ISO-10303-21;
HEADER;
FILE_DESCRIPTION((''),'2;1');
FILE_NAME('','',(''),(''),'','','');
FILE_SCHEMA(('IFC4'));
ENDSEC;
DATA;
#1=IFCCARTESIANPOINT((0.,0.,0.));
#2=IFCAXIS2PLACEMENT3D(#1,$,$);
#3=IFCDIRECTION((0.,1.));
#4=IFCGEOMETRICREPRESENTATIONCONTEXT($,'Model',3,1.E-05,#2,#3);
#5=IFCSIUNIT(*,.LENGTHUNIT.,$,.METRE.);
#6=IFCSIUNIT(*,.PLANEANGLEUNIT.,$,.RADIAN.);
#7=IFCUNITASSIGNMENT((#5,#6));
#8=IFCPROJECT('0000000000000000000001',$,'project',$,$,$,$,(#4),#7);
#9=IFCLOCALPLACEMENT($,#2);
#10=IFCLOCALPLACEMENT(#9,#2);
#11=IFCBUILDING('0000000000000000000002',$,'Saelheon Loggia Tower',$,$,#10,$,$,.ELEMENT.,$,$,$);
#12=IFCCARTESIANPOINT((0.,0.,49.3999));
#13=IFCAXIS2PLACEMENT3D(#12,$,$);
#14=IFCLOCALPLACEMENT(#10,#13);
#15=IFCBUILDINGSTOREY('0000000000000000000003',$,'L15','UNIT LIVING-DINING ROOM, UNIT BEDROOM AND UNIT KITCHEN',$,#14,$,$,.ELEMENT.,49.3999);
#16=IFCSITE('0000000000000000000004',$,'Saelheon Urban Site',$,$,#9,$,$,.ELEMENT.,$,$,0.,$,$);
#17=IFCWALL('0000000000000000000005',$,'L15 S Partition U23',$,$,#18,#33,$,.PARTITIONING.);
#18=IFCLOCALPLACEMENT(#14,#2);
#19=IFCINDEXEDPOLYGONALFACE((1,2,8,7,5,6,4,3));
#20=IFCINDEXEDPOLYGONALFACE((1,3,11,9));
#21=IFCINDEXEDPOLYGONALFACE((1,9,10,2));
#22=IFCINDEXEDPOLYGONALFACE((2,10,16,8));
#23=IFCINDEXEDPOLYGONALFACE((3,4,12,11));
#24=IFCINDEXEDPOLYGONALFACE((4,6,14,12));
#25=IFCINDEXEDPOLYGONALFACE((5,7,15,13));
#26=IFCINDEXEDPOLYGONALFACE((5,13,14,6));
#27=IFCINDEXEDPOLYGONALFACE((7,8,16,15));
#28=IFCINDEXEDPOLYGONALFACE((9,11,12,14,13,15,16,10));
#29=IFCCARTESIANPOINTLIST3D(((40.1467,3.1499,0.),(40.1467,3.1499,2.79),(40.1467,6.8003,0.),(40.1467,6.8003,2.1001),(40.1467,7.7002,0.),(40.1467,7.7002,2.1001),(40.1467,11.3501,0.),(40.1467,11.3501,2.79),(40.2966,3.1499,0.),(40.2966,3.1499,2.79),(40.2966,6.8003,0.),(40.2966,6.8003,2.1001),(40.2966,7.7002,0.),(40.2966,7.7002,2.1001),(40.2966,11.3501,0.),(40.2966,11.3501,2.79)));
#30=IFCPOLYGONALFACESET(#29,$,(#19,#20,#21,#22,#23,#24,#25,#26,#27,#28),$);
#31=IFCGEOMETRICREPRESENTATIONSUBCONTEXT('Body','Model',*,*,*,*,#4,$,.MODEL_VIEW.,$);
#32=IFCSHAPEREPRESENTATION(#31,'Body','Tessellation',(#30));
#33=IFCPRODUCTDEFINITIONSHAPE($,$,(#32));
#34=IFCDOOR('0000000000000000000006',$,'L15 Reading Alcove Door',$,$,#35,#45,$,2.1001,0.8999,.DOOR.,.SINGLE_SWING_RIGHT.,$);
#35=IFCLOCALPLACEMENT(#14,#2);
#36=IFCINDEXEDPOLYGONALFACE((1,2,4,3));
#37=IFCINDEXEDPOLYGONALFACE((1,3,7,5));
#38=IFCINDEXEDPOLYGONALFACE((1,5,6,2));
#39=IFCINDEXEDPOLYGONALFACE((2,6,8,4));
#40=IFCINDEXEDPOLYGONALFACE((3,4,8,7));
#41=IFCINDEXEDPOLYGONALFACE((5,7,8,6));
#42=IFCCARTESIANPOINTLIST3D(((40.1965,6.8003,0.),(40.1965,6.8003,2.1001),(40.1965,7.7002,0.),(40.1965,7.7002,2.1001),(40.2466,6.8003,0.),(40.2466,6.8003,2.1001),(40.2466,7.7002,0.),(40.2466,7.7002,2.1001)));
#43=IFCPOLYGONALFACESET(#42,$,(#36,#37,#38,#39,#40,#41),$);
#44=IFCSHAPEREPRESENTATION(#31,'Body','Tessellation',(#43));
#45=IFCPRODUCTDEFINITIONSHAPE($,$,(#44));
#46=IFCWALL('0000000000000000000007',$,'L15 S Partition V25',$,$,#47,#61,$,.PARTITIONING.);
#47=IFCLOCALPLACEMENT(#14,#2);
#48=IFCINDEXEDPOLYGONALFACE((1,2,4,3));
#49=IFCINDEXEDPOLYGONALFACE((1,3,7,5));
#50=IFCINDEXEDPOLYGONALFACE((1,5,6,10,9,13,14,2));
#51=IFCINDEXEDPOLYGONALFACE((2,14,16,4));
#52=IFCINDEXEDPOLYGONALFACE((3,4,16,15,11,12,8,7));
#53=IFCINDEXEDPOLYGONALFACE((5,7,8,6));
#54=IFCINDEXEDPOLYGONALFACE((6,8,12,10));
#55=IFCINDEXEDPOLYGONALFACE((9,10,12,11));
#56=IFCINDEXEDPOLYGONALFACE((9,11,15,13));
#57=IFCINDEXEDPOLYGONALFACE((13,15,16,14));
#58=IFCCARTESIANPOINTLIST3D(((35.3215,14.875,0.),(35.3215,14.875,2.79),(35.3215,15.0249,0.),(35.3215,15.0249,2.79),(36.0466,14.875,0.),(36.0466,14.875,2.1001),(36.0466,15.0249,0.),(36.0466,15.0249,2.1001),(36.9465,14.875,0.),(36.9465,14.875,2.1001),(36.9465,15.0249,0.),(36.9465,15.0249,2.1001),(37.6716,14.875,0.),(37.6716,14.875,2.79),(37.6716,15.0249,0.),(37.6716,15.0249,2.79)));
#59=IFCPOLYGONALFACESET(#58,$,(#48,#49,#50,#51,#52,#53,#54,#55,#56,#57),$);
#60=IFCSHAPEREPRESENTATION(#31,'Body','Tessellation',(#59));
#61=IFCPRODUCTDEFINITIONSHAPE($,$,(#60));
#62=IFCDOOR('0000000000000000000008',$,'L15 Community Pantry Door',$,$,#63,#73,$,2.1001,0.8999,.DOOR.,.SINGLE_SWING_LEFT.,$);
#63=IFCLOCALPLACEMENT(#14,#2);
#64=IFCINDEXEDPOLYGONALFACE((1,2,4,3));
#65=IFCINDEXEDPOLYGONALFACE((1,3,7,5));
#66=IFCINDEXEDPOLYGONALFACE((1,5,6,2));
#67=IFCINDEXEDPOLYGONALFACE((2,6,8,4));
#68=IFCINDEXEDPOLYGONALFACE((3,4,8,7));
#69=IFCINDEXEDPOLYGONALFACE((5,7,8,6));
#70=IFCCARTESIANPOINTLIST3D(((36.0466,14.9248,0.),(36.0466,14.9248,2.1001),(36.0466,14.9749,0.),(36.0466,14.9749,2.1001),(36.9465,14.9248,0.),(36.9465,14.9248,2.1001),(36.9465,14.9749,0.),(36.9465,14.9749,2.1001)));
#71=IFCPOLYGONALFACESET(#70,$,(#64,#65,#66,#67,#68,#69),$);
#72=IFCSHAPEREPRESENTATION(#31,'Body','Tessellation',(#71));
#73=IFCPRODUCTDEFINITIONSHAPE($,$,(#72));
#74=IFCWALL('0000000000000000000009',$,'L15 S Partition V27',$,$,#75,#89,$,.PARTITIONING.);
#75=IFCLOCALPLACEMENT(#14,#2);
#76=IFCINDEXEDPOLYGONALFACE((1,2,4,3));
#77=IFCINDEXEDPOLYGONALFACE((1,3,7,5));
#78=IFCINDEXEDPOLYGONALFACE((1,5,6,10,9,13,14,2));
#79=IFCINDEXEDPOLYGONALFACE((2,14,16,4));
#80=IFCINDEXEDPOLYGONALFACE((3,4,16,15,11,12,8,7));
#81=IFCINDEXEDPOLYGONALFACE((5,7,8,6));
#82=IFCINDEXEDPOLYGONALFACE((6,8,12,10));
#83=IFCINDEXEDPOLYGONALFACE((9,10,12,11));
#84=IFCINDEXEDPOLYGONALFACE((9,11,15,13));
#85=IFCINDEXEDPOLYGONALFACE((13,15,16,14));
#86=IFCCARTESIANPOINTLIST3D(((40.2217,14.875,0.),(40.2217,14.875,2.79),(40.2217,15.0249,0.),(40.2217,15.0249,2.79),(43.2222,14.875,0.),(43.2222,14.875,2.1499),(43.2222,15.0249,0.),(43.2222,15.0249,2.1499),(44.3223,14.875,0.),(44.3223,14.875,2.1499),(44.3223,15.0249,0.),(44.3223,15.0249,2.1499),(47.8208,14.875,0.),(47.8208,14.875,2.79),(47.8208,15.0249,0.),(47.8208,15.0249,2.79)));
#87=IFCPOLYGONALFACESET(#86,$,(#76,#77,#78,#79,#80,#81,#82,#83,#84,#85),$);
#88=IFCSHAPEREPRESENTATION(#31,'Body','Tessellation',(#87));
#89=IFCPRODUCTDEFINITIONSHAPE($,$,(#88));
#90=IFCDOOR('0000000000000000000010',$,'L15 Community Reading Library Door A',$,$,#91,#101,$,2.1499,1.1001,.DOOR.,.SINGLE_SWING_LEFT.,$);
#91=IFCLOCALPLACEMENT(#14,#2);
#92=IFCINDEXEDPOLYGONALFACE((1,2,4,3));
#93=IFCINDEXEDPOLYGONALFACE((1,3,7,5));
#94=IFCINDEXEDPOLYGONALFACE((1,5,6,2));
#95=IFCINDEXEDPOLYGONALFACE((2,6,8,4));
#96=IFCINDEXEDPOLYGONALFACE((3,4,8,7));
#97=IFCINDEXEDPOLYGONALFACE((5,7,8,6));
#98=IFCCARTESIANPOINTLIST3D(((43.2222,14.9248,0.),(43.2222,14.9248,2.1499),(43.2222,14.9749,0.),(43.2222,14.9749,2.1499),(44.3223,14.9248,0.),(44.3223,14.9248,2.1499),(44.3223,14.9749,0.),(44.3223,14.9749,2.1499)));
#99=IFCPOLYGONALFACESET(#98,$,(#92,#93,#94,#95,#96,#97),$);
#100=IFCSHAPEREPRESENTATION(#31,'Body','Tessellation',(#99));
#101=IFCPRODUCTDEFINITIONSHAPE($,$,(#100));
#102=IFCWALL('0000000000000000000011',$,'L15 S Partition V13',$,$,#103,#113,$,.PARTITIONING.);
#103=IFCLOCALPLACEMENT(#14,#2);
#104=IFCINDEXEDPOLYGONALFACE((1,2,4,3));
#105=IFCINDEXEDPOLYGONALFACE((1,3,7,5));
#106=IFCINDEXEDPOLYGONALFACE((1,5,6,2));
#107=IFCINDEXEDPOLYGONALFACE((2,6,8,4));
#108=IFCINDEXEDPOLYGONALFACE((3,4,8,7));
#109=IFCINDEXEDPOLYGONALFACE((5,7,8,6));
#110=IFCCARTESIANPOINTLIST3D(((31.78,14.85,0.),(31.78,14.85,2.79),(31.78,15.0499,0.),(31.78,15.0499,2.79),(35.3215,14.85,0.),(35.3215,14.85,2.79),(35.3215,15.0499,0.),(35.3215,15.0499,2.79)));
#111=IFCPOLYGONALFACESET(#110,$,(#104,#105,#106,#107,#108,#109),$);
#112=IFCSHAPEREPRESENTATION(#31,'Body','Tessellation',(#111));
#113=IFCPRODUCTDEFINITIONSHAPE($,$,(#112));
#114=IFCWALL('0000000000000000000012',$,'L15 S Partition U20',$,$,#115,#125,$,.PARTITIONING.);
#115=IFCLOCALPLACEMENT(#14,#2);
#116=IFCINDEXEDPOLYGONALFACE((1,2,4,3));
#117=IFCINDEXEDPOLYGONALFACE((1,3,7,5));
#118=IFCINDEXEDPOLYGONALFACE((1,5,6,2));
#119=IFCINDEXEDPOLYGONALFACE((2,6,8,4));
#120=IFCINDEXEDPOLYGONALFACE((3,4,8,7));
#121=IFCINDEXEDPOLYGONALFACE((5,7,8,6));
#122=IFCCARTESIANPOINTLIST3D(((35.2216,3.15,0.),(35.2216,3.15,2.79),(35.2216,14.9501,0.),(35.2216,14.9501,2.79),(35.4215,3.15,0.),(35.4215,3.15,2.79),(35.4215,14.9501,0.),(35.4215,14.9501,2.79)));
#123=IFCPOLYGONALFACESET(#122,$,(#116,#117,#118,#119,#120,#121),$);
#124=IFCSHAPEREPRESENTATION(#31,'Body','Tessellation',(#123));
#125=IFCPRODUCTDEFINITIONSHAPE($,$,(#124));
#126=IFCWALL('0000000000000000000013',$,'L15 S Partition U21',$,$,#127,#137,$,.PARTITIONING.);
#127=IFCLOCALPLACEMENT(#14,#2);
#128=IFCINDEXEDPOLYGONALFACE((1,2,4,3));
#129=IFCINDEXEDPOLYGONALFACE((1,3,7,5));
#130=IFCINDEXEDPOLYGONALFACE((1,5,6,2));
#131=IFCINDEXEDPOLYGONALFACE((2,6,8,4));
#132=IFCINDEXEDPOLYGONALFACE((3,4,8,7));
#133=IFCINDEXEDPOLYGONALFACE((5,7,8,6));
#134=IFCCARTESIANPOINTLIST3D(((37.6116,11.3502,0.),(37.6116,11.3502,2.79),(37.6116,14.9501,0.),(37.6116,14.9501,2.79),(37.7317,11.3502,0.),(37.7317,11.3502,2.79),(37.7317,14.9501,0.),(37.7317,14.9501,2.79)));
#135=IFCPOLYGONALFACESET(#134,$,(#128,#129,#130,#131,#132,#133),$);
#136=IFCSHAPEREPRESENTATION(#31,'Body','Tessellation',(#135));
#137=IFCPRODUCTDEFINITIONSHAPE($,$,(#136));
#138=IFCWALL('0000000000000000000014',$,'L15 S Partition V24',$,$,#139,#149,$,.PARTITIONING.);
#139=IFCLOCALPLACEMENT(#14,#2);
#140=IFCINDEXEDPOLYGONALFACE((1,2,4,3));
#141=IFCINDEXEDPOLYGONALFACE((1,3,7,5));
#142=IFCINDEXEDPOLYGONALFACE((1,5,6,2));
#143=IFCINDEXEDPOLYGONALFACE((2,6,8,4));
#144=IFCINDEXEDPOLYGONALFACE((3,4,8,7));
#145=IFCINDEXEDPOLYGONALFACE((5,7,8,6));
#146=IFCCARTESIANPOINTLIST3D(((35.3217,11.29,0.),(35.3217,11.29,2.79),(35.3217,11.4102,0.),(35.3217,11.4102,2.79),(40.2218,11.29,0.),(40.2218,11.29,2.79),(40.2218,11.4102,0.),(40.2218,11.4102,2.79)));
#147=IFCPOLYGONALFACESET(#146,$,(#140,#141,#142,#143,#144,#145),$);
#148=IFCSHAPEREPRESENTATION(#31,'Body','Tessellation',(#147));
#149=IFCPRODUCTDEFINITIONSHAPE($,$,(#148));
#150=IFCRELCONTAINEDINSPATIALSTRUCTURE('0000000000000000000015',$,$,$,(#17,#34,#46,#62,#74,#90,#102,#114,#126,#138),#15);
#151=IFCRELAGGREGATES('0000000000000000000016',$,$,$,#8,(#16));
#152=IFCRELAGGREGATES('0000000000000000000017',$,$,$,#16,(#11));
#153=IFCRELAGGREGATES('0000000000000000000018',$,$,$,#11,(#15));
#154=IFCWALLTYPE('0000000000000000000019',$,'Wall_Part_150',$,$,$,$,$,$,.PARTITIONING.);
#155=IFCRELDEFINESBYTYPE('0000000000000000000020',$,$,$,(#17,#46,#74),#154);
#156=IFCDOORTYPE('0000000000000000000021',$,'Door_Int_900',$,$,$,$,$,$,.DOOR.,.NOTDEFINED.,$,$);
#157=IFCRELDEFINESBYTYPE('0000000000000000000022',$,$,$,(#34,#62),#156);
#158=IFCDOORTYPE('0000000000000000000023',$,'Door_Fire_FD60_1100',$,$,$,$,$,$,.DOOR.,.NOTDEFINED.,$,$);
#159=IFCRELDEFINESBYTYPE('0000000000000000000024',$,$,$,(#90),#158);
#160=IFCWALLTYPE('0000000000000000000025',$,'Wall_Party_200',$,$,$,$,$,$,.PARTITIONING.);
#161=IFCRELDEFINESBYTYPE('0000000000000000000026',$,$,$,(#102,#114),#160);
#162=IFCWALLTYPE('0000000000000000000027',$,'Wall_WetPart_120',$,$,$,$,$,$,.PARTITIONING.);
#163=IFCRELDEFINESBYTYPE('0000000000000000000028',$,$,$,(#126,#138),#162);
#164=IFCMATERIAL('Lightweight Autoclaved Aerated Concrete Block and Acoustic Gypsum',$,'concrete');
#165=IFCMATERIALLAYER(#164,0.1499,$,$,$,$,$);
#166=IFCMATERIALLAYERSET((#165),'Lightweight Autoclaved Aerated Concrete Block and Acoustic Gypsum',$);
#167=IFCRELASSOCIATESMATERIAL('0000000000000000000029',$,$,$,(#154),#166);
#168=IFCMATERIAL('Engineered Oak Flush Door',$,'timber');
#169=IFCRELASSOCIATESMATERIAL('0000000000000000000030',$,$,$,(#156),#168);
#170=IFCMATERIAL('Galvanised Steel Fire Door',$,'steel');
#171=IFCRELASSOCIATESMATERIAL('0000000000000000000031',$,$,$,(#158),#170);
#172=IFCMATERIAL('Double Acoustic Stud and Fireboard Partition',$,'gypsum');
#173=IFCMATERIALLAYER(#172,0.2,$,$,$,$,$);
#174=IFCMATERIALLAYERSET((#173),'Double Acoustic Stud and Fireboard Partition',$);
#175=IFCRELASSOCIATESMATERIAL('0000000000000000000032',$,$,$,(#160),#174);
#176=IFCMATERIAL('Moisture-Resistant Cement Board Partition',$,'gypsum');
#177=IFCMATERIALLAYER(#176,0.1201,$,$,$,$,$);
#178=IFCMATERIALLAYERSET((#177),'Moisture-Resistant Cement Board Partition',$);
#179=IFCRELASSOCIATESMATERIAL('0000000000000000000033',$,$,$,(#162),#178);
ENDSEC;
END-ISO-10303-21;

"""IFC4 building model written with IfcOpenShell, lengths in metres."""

from ifc_helpers import new_model, si_unit, direction, frame, frame_2d, origin, place, context, subcontext, project, spatial, rectangle, extrude, source, transform, mapped, material, layer, layer_set, type_object, element, fill, save


model = new_model("IFC4")

# Units and contexts
model_context = context("Model", 3, precision=1e-05, world=origin(), true_north=direction((0.0, 1.0)))
body_context = subcontext(model_context, "Body", "Model", "MODEL_VIEW")
ifc_project = project(units=[si_unit("LENGTHUNIT", "METRE"), si_unit("PLANEANGLEUNIT", "RADIAN")], contexts=[model_context])

# Site, building, storey
site_placement = place(None, origin())
site = spatial("IfcSite", under=ifc_project, at=site_placement, Name="Saelheon Urban Site", CompositionType="ELEMENT", RefElevation=0.0)
building_placement = place(site_placement, origin())
building = spatial("IfcBuilding", under=site, at=building_placement, Name="Saelheon Loggia Tower", CompositionType="ELEMENT")
storey_placement = place(building_placement, frame((0.0, 0.0, 49.3999)))
storey = spatial("IfcBuildingStorey", under=building, at=storey_placement, Name="L15", Description="UNIT LIVING-DINING ROOM, UNIT BEDROOM AND UNIT KITCHEN", CompositionType="ELEMENT", Elevation=49.3999)

# Shared definitions
ifc_material_1 = material(Name="Lightweight Autoclaved Aerated Concrete Block and Acoustic Gypsum", Category="concrete")
ifc_layer_1 = layer(ifc_material_1, 0.1499)
ifc_layer_set_1 = layer_set([ifc_layer_1], Name="Lightweight Autoclaved Aerated Concrete Block and Acoustic Gypsum")
wall_type_1 = type_object("IfcWallType", Name="Wall_Part_150", PredefinedType="PARTITIONING", material=ifc_layer_set_1)

# Shared definitions
ifc_material_2 = material(Name="Engineered Oak Flush Door", Category="timber")
door_type_1 = type_object("IfcDoorType", Name="Door_Int_900", OperationType="NOTDEFINED", PredefinedType="DOOR", material=ifc_material_2)
shared_shape_1 = source(origin(), body_context, "Body", "SweptSolid", [
    extrude(rectangle(XDim=0.8999, YDim=2.1001, at=frame_2d((0.45, 1.05))), frame((0.0, 0.0249, 0.0), z_axis=(0.0, -1.0, 0.0), x_axis=(1.0, 0.0, 0.0)), (0.0, 0.0, 1.0), 0.05),
])

# Walls, openings, doors
wall_1_placement = place(storey_placement, frame((40.2217, 11.3501, 0.0), z_axis=(0.0, 0.0, 1.0), x_axis=(0.0, -1.0, 0.0)))
wall_1 = element("IfcWall", 1, at=wall_1_placement, inside=storey, type_object=wall_type_1, Name="L15 S Partition U23", PredefinedType="PARTITIONING", context=body_context, shape_type="SweptSolid", body=[
    extrude(rectangle(XDim=8.2002, YDim=0.1499, at=frame_2d((4.1001, 0.0))), origin(), (0.0, 0.0, 1.0), 2.79),
])
opening_1_placement = place(wall_1_placement, frame((3.6499, 0.0, 0.0)))
opening_1 = element("IfcOpeningElement", 2, at=opening_1_placement, cuts=wall_1, PredefinedType="OPENING", context=body_context, shape_type="SweptSolid", body=[
    extrude(rectangle(XDim=0.8999, YDim=2.1001, at=frame_2d((0.45, 1.05))), frame((0.0, 0.0869, 0.0), z_axis=(0.0, -1.0, 0.0), x_axis=(1.0, 0.0, 0.0)), (0.0, 0.0, 1.0), 0.1738),
])
door_1_placement = place(opening_1_placement, origin())
door_1 = element("IfcDoor", 3, at=door_1_placement, inside=storey, type_object=door_type_1, Name="L15 Reading Alcove Door", OperationType="SINGLE_SWING_RIGHT", OverallHeight=2.1001, OverallWidth=0.8999, PredefinedType="DOOR", context=body_context, shape_type="MappedRepresentation", body=[
    mapped(shared_shape_1, transform((0.0, 0.0, 0.0), scale=1.0)),
])
fill(opening_1, door_1)
wall_2_placement = place(storey_placement, frame((35.3215, 14.95, 0.0), z_axis=(0.0, 0.0, 1.0), x_axis=(1.0, 0.0, 0.0)))
wall_2 = element("IfcWall", 4, at=wall_2_placement, inside=storey, type_object=wall_type_1, Name="L15 S Partition V25", PredefinedType="PARTITIONING", context=body_context, shape_type="SweptSolid", body=[
    extrude(rectangle(XDim=2.3501, YDim=0.1499, at=frame_2d((1.175, 0.0))), origin(), (0.0, 0.0, 1.0), 2.79),
])
opening_2_placement = place(wall_2_placement, frame((0.7251, 0.0, 0.0)))
opening_2 = element("IfcOpeningElement", 5, at=opening_2_placement, cuts=wall_2, PredefinedType="OPENING", context=body_context, shape_type="SweptSolid", body=[
    extrude(rectangle(XDim=0.8999, YDim=2.1001, at=frame_2d((0.45, 1.05))), frame((0.0, 0.0869, 0.0), z_axis=(0.0, -1.0, 0.0), x_axis=(1.0, 0.0, 0.0)), (0.0, 0.0, 1.0), 0.1738),
])
door_2_placement = place(opening_2_placement, origin())
door_2 = element("IfcDoor", 6, at=door_2_placement, inside=storey, type_object=door_type_1, Name="L15 Community Pantry Door", OperationType="SINGLE_SWING_LEFT", OverallHeight=2.1001, OverallWidth=0.8999, PredefinedType="DOOR", context=body_context, shape_type="MappedRepresentation", body=[
    mapped(shared_shape_1, transform((0.0, 0.0, 0.0), scale=1.0)),
])
fill(opening_2, door_2)
wall_3_placement = place(storey_placement, frame((40.2217, 14.95, 0.0), z_axis=(0.0, 0.0, 1.0), x_axis=(1.0, 0.0, 0.0)))
wall_3 = element("IfcWall", 7, at=wall_3_placement, inside=storey, type_object=wall_type_1, Name="L15 S Partition V27", PredefinedType="PARTITIONING", context=body_context, shape_type="SweptSolid", body=[
    extrude(rectangle(XDim=7.5991, YDim=0.1499, at=frame_2d((3.7996, 0.0))), origin(), (0.0, 0.0, 1.0), 2.79),
])
opening_3_placement = place(wall_3_placement, frame((3.0005, 0.0, 0.0)))
opening_3 = element("IfcOpeningElement", 8, at=opening_3_placement, cuts=wall_3, PredefinedType="OPENING", context=body_context, shape_type="SweptSolid", body=[
    extrude(rectangle(XDim=1.1001, YDim=2.1499, at=frame_2d((0.55, 1.075))), frame((0.0, 0.0869, 0.0), z_axis=(0.0, -1.0, 0.0), x_axis=(1.0, 0.0, 0.0)), (0.0, 0.0, 1.0), 0.1738),
])
ifc_material_3 = material(Name="Galvanised Steel Fire Door", Category="steel")
door_type_2 = type_object("IfcDoorType", Name="Door_Fire_FD60_1100", OperationType="NOTDEFINED", PredefinedType="DOOR", material=ifc_material_3)
shared_shape_2 = source(origin(), body_context, "Body", "SweptSolid", [
    extrude(rectangle(XDim=1.1001, YDim=2.1499, at=frame_2d((0.55, 1.075))), frame((0.0, 0.0249, 0.0), z_axis=(0.0, -1.0, 0.0), x_axis=(1.0, 0.0, 0.0)), (0.0, 0.0, 1.0), 0.05),
])
door_3_placement = place(opening_3_placement, origin())
door_3 = element("IfcDoor", 9, at=door_3_placement, inside=storey, type_object=door_type_2, Name="L15 Community Reading Library Door A", OperationType="SINGLE_SWING_LEFT", OverallHeight=2.1499, OverallWidth=1.1001, PredefinedType="DOOR", context=body_context, shape_type="MappedRepresentation", body=[
    mapped(shared_shape_2, transform((0.0, 0.0, 0.0), scale=1.0)),
])
fill(opening_3, door_3)

# Walls
ifc_material_4 = material(Name="Double Acoustic Stud and Fireboard Partition", Category="gypsum")
ifc_layer_2 = layer(ifc_material_4, 0.2)
ifc_layer_set_2 = layer_set([ifc_layer_2], Name="Double Acoustic Stud and Fireboard Partition")
wall_type_2 = type_object("IfcWallType", Name="Wall_Party_200", PredefinedType="PARTITIONING", material=ifc_layer_set_2)
wall_4_placement = place(storey_placement, frame((31.78, 14.95, 0.0), z_axis=(0.0, 0.0, 1.0), x_axis=(1.0, 0.0, 0.0)))
element("IfcWall", 10, at=wall_4_placement, inside=storey, type_object=wall_type_2, Name="L15 S Partition V13", PredefinedType="PARTITIONING", context=body_context, shape_type="SweptSolid", body=[
    extrude(rectangle(XDim=3.5415, YDim=0.2, at=frame_2d((1.7708, 0.0))), origin(), (0.0, 0.0, 1.0), 2.79),
])
wall_5_placement = place(storey_placement, frame((35.3215, 14.95, 0.0), z_axis=(0.0, 0.0, 1.0), x_axis=(0.0, -1.0, 0.0)))
element("IfcWall", 11, at=wall_5_placement, inside=storey, type_object=wall_type_2, Name="L15 S Partition U20", PredefinedType="PARTITIONING", context=body_context, shape_type="SweptSolid", body=[
    extrude(rectangle(XDim=11.8, YDim=0.2, at=frame_2d((5.8999, 0.0))), origin(), (0.0, 0.0, 1.0), 2.79),
])
ifc_material_5 = material(Name="Moisture-Resistant Cement Board Partition", Category="gypsum")
ifc_layer_3 = layer(ifc_material_5, 0.1201)
ifc_layer_set_3 = layer_set([ifc_layer_3], Name="Moisture-Resistant Cement Board Partition")
wall_type_3 = type_object("IfcWallType", Name="Wall_WetPart_120", PredefinedType="PARTITIONING", material=ifc_layer_set_3)
wall_6_placement = place(storey_placement, frame((37.6716, 14.95, 0.0), z_axis=(0.0, 0.0, 1.0), x_axis=(0.0, -1.0, 0.0)))
element("IfcWall", 12, at=wall_6_placement, inside=storey, type_object=wall_type_3, Name="L15 S Partition U21", PredefinedType="PARTITIONING", context=body_context, shape_type="SweptSolid", body=[
    extrude(rectangle(XDim=3.5999, YDim=0.1201, at=frame_2d((1.7998, 0.0))), origin(), (0.0, 0.0, 1.0), 2.79),
])
wall_7_placement = place(storey_placement, frame((35.3215, 11.3501, 0.0), z_axis=(0.0, 0.0, 1.0), x_axis=(1.0, 0.0, 0.0)))
element("IfcWall", 13, at=wall_7_placement, inside=storey, type_object=wall_type_3, Name="L15 S Partition V24", PredefinedType="PARTITIONING", context=body_context, shape_type="SweptSolid", body=[
    extrude(rectangle(XDim=4.9001, YDim=0.1201, at=frame_2d((2.4502, 0.0))), origin(), (0.0, 0.0, 1.0), 2.79),
])

save(model, "model.ifc")
